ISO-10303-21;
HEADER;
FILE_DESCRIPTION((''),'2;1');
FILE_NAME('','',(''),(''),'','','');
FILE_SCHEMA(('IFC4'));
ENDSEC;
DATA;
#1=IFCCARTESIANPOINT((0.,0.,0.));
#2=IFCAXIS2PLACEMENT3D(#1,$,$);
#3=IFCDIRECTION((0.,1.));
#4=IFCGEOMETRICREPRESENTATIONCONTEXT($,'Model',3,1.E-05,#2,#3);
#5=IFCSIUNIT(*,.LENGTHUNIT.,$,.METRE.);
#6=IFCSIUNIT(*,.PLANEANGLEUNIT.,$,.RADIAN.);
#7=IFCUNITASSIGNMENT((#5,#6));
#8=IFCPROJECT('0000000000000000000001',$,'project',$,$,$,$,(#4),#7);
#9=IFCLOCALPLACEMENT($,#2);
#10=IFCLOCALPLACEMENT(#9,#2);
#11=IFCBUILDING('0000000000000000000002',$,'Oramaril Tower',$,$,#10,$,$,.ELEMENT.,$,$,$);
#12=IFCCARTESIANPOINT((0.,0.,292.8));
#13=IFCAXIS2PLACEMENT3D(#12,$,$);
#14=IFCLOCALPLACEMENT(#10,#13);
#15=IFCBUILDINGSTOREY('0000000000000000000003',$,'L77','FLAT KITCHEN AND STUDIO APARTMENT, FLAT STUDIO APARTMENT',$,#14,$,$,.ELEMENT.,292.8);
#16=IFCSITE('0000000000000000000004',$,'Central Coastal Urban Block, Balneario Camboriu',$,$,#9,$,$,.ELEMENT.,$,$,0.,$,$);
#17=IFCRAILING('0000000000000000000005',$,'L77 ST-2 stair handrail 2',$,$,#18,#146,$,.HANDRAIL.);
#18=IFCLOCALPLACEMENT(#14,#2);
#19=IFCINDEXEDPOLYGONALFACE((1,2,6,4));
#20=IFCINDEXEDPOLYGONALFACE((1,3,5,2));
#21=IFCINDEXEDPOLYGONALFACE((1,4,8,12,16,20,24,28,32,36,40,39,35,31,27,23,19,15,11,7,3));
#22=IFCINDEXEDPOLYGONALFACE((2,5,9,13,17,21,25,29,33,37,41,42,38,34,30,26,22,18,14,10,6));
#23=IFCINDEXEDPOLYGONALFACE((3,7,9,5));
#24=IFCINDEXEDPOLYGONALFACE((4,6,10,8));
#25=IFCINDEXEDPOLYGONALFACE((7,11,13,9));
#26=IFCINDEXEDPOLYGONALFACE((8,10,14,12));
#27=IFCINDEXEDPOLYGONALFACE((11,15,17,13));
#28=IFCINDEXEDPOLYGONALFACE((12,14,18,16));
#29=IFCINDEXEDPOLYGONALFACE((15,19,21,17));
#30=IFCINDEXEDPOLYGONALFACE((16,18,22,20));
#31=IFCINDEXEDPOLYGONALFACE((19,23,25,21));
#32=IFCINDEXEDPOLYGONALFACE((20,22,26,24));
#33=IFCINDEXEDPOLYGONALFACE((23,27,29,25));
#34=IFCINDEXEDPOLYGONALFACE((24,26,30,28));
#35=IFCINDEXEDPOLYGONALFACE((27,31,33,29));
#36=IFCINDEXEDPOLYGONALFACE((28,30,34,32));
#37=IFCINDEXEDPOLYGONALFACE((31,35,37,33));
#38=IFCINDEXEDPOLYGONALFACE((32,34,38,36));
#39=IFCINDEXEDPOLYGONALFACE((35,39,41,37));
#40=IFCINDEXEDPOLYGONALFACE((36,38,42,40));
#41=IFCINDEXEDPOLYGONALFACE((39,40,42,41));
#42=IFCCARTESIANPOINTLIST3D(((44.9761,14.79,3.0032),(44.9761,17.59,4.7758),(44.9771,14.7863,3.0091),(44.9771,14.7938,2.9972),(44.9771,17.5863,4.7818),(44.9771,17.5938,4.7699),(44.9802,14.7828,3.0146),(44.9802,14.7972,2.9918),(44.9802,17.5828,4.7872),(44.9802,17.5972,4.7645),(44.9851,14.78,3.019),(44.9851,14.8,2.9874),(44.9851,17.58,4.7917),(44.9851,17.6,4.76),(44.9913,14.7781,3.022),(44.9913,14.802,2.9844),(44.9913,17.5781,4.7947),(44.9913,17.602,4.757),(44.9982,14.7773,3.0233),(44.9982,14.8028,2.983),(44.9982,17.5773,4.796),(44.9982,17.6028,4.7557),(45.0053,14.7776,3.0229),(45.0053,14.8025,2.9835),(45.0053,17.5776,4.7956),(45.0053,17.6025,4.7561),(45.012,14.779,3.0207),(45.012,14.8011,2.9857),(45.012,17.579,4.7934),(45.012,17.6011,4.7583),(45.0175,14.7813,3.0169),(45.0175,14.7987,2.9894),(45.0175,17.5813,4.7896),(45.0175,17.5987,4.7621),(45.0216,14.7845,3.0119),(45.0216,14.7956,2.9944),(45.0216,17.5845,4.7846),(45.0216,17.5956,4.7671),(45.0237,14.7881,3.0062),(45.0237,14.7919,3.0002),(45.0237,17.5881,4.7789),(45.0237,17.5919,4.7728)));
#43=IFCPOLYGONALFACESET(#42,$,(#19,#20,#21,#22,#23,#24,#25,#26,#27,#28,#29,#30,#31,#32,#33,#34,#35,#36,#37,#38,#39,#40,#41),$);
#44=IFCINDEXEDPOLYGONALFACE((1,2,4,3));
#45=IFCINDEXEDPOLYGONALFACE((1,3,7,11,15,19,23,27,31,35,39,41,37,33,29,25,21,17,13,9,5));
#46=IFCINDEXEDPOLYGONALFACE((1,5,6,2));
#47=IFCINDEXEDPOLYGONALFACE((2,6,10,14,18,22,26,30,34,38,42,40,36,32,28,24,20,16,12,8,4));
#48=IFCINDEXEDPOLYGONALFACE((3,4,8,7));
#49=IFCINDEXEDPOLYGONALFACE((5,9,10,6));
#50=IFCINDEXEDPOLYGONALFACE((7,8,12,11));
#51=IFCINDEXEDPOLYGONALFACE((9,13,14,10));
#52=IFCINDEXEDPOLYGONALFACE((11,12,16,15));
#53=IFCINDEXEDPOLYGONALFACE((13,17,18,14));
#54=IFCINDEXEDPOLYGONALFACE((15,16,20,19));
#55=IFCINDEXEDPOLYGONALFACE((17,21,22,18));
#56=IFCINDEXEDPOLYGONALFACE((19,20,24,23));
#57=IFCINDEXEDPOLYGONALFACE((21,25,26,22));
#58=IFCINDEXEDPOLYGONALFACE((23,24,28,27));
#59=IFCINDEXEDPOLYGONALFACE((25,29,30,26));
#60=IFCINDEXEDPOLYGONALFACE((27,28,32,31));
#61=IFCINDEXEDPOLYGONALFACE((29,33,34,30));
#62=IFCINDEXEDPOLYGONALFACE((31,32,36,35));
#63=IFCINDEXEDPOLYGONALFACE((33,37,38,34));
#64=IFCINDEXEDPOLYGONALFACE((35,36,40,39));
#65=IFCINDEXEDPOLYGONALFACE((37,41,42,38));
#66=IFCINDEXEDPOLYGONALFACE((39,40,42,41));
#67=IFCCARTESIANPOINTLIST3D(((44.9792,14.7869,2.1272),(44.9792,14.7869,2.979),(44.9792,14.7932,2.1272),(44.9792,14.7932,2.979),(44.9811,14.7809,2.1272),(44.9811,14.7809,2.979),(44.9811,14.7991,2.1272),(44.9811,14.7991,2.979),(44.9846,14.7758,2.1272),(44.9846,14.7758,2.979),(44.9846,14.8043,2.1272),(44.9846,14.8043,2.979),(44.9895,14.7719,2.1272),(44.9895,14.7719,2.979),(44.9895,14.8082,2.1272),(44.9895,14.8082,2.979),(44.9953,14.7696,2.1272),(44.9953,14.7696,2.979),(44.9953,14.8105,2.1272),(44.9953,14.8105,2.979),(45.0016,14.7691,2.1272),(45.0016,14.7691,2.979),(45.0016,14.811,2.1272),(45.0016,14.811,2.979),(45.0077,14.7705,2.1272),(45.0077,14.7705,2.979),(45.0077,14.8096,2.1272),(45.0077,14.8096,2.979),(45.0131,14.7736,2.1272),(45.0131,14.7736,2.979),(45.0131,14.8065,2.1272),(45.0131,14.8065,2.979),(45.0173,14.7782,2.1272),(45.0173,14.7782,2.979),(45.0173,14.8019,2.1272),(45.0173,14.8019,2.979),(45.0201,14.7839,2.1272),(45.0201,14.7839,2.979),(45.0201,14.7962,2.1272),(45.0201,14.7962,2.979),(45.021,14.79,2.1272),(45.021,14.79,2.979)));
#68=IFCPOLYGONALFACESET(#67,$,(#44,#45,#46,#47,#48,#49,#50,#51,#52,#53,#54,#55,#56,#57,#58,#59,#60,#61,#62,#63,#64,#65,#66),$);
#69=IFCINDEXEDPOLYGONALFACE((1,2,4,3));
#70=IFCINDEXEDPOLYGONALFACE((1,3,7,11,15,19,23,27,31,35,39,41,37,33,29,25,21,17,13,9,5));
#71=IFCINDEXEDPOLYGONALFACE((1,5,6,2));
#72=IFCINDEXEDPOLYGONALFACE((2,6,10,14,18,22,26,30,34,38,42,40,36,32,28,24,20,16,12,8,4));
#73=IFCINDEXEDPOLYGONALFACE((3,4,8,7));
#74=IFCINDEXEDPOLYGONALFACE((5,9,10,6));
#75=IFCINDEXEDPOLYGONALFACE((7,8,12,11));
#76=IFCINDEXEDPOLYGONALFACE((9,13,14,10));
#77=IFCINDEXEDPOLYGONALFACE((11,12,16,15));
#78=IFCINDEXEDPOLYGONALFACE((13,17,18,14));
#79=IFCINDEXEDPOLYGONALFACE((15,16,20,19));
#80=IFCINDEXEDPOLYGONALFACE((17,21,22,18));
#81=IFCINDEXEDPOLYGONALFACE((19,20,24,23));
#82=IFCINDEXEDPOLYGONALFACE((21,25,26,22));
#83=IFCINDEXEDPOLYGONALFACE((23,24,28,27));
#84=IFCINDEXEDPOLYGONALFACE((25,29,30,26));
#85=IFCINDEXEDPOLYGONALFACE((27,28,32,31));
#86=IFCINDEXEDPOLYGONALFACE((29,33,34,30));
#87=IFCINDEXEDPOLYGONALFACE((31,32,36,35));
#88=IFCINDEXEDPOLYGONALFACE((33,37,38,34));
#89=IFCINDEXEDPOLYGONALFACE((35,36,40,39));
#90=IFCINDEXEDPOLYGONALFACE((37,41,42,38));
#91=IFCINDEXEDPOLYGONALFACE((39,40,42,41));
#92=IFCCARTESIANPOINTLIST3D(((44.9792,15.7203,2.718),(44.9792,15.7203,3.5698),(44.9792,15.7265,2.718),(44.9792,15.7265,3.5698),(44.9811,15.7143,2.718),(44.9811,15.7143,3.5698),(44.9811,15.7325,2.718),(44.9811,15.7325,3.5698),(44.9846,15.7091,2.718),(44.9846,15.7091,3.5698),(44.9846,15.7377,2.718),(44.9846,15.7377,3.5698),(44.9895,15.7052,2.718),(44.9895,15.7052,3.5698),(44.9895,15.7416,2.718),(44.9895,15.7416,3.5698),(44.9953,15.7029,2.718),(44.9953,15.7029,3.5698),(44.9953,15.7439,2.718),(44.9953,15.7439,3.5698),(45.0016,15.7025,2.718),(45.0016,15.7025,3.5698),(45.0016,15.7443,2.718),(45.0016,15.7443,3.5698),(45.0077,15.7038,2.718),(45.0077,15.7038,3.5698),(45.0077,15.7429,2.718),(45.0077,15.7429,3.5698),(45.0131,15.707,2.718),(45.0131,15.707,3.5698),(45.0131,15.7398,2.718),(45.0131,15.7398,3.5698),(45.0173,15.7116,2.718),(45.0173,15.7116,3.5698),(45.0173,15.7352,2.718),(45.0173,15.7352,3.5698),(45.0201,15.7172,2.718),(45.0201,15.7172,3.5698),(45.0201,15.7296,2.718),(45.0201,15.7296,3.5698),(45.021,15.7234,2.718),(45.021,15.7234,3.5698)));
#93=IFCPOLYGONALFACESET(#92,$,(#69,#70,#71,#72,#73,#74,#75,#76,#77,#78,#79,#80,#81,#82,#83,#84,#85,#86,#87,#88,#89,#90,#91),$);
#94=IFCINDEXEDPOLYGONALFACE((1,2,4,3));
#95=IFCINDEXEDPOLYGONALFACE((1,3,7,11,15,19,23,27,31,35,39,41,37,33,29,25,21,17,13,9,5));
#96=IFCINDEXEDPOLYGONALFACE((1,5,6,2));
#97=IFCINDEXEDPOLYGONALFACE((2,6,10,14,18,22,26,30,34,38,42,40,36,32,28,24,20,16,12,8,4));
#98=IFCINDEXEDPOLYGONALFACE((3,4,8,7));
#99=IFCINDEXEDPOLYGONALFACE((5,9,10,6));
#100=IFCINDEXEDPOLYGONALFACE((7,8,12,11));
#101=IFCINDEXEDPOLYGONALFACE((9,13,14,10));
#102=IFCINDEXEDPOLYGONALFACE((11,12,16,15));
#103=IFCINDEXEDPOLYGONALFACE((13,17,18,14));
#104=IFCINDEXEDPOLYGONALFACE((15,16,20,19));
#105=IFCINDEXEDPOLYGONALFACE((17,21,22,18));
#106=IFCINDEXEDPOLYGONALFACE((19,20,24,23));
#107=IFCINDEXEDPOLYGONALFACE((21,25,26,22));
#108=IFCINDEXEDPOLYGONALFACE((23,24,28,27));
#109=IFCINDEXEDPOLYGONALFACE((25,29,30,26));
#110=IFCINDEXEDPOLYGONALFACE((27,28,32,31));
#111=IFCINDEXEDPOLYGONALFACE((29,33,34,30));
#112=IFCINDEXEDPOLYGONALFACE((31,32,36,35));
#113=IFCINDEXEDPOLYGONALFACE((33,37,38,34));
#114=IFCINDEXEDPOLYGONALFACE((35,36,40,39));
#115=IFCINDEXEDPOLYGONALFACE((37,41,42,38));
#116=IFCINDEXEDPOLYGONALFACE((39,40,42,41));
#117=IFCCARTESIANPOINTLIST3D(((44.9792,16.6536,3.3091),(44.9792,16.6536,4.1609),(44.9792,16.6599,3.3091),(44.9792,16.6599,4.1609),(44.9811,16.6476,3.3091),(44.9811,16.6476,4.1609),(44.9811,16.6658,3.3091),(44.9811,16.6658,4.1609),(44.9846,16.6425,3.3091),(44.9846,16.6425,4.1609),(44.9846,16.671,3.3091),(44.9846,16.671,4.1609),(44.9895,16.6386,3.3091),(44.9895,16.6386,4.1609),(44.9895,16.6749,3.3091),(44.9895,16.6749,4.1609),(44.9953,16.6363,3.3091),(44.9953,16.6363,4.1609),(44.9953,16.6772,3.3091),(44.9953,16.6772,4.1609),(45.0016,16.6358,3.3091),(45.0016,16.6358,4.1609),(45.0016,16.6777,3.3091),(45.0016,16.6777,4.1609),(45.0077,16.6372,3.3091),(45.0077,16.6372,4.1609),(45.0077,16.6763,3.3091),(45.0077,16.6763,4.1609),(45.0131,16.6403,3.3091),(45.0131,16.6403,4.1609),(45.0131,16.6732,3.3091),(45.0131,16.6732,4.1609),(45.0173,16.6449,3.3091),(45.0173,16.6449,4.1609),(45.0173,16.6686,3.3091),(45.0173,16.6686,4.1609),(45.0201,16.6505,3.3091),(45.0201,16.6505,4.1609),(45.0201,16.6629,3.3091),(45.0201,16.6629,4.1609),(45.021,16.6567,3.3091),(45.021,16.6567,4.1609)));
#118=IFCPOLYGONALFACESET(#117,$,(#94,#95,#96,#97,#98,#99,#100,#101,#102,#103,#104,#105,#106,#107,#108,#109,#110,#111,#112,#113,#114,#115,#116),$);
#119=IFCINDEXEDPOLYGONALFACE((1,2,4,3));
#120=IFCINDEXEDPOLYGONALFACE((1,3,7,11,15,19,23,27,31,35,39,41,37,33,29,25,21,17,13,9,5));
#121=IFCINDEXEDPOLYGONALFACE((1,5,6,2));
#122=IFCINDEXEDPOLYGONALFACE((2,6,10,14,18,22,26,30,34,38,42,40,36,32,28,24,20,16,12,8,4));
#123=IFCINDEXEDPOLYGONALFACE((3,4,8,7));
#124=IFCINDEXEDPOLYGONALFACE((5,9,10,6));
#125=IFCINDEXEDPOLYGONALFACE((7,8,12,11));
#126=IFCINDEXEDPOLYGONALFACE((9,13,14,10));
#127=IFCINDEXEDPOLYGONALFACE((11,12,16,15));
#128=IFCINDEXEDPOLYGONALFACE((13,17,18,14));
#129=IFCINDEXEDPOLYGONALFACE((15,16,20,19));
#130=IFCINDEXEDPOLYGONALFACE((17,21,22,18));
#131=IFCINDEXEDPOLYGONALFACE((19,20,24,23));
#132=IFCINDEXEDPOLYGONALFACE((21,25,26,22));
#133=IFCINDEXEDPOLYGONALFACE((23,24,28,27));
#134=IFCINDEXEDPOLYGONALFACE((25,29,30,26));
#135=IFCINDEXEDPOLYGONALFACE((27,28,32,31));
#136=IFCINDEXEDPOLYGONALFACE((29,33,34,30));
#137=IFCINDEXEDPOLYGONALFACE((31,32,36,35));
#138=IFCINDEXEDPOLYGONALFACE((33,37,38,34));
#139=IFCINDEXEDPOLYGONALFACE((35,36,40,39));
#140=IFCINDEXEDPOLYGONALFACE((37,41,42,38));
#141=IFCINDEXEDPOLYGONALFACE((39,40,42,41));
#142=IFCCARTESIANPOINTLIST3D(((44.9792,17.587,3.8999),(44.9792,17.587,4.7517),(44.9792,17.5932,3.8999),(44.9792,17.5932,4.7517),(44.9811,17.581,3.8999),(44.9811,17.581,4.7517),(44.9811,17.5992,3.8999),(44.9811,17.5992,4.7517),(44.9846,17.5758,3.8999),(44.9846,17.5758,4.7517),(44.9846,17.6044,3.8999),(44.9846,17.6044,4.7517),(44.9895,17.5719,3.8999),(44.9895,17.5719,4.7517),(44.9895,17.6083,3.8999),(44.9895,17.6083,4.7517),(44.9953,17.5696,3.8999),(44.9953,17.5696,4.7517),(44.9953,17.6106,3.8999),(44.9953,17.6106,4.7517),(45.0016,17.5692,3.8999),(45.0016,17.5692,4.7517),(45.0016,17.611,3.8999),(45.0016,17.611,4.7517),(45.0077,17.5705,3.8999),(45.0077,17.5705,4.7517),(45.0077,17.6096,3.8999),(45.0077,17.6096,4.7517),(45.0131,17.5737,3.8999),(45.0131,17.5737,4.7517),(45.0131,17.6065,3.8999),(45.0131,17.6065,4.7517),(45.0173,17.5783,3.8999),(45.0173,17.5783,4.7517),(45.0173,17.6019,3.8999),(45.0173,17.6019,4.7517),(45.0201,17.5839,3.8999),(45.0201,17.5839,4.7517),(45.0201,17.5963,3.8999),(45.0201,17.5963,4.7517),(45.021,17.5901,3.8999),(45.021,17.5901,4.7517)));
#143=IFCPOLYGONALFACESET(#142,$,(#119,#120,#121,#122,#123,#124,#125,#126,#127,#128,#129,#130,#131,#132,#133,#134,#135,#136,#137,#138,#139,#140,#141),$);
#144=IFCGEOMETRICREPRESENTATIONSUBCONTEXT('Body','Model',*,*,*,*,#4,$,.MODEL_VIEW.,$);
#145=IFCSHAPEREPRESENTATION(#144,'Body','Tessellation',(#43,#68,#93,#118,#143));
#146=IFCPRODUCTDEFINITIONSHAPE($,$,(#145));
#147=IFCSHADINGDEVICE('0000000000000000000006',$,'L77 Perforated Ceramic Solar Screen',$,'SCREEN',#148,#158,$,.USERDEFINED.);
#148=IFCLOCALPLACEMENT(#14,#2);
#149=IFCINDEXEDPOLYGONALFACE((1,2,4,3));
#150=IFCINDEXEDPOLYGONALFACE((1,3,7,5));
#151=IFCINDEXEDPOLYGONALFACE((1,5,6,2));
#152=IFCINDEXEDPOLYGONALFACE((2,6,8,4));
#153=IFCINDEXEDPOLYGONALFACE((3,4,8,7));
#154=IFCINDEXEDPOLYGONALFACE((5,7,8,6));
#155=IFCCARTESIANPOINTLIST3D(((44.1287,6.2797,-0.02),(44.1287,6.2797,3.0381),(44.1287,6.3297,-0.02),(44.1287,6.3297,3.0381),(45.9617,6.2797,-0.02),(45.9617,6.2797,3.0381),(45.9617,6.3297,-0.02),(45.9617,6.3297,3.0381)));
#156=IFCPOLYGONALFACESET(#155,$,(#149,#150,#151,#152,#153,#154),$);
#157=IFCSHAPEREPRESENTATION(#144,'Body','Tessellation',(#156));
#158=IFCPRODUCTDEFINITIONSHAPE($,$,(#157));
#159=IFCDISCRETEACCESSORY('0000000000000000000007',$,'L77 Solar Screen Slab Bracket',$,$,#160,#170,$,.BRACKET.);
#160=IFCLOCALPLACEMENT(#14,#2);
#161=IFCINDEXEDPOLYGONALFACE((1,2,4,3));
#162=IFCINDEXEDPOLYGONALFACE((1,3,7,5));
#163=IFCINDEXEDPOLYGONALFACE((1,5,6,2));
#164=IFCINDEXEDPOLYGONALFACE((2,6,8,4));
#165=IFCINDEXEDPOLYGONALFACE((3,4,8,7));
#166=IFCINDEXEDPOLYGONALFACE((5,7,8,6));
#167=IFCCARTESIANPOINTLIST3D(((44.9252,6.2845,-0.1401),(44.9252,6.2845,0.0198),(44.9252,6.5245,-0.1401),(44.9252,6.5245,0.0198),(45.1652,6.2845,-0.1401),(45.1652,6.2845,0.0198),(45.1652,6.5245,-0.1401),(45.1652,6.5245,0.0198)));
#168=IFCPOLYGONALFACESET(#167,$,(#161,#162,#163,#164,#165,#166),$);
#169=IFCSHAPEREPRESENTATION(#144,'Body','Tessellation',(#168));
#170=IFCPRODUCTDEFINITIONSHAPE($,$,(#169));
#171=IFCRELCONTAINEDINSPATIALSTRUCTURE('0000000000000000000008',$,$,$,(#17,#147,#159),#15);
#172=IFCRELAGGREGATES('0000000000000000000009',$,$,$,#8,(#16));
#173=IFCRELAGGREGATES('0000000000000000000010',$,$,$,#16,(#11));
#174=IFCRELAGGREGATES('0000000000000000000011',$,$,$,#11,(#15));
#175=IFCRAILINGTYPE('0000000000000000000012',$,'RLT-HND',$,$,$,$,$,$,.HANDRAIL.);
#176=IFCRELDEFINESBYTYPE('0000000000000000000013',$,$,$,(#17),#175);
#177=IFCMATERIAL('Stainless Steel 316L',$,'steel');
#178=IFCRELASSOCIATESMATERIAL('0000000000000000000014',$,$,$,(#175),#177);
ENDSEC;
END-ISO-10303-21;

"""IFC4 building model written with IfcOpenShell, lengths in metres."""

from ifc_helpers import new_model, si_unit, direction, frame, origin, origin_2d, place, context, subcontext, project, spatial, rectangle, circle, extrude, material, type_object, element, save


model = new_model("IFC4")

# Units and contexts
model_context = context("Model", 3, precision=1e-05, world=origin(), true_north=direction((0.0, 1.0)))
body_context = subcontext(model_context, "Body", "Model", "MODEL_VIEW")
ifc_project = project(units=[si_unit("LENGTHUNIT", "METRE"), si_unit("PLANEANGLEUNIT", "RADIAN")], contexts=[model_context])

# Site, building, storey
site_placement = place(None, origin())
site = spatial("IfcSite", under=ifc_project, at=site_placement, Name="Central Coastal Urban Block, Balneario Camboriu", CompositionType="ELEMENT", RefElevation=0.0)
building_placement = place(site_placement, origin())
building = spatial("IfcBuilding", under=site, at=building_placement, Name="Oramaril Tower", CompositionType="ELEMENT")
storey_placement = place(building_placement, frame((0.0, 0.0, 292.8)))
storey = spatial("IfcBuildingStorey", under=building, at=storey_placement, Name="L77", Description="FLAT KITCHEN AND STUDIO APARTMENT, FLAT STUDIO APARTMENT", CompositionType="ELEMENT", Elevation=292.8)

# Railing
ifc_material_1 = material(Name="Stainless Steel 316L", Category="steel")
railing_type_1 = type_object("IfcRailingType", Name="RLT-HND", PredefinedType="HANDRAIL", material=ifc_material_1)
railing_1_placement = place(storey_placement, frame((45.0, 14.79, 2.1272)))
element("IfcRailing", 1, at=railing_1_placement, inside=storey, type_object=railing_type_1, Name="L77 ST-2 stair handrail 2", PredefinedType="HANDRAIL", context=body_context, shape_type="SweptSolid", body=[
    extrude(circle(Radius=0.0239, at=origin_2d()), frame((0.0, 0.0, 0.876), z_axis=(0.0, 0.844909, 0.53491), x_axis=(-1.0, 0.0, 0.0)), (0.0, 0.0, 1.0), 3.314),
    extrude(circle(Radius=0.021, at=origin_2d()), origin(), (0.0, 0.0, 1.0), 0.8518),
    extrude(circle(Radius=0.021, at=origin_2d()), frame((0.0, 0.9333, 0.5908)), (0.0, 0.0, 1.0), 0.8518),
    extrude(circle(Radius=0.021, at=origin_2d()), frame((0.0, 1.8667, 1.1819)), (0.0, 0.0, 1.0), 0.8518),
    extrude(circle(Radius=0.021, at=origin_2d()), frame((0.0, 2.8, 1.7727)), (0.0, 0.0, 1.0), 0.8518),
])

# Shading device
shading_device_placement = place(storey_placement, frame((45.0452, 6.3047, -0.02), z_axis=(0.0, 0.0, 1.0), x_axis=(1.0, 0.0, 0.0)))
element("IfcShadingDevice", 2, at=shading_device_placement, inside=storey, Name="L77 Perforated Ceramic Solar Screen", ObjectType="SCREEN", PredefinedType="USERDEFINED", context=body_context, shape_type="SweptSolid", body=[
    extrude(rectangle(XDim=1.833, YDim=0.05, at=origin_2d()), origin(), (0.0, 0.0, 1.0), 3.0581),
])

# Discrete accessory
discrete_accessory_placement = place(storey_placement, frame((45.0452, 6.4045, -0.1401), z_axis=(0.0, 0.0, 1.0), x_axis=(1.0, 0.0, 0.0)))
element("IfcDiscreteAccessory", 3, at=discrete_accessory_placement, inside=storey, Name="L77 Solar Screen Slab Bracket", PredefinedType="BRACKET", context=body_context, shape_type="SweptSolid", body=[
    extrude(rectangle(XDim=0.24, YDim=0.24, at=origin_2d()), origin(), (0.0, 0.0, 1.0), 0.1599),
])

save(model, "model.ifc")
